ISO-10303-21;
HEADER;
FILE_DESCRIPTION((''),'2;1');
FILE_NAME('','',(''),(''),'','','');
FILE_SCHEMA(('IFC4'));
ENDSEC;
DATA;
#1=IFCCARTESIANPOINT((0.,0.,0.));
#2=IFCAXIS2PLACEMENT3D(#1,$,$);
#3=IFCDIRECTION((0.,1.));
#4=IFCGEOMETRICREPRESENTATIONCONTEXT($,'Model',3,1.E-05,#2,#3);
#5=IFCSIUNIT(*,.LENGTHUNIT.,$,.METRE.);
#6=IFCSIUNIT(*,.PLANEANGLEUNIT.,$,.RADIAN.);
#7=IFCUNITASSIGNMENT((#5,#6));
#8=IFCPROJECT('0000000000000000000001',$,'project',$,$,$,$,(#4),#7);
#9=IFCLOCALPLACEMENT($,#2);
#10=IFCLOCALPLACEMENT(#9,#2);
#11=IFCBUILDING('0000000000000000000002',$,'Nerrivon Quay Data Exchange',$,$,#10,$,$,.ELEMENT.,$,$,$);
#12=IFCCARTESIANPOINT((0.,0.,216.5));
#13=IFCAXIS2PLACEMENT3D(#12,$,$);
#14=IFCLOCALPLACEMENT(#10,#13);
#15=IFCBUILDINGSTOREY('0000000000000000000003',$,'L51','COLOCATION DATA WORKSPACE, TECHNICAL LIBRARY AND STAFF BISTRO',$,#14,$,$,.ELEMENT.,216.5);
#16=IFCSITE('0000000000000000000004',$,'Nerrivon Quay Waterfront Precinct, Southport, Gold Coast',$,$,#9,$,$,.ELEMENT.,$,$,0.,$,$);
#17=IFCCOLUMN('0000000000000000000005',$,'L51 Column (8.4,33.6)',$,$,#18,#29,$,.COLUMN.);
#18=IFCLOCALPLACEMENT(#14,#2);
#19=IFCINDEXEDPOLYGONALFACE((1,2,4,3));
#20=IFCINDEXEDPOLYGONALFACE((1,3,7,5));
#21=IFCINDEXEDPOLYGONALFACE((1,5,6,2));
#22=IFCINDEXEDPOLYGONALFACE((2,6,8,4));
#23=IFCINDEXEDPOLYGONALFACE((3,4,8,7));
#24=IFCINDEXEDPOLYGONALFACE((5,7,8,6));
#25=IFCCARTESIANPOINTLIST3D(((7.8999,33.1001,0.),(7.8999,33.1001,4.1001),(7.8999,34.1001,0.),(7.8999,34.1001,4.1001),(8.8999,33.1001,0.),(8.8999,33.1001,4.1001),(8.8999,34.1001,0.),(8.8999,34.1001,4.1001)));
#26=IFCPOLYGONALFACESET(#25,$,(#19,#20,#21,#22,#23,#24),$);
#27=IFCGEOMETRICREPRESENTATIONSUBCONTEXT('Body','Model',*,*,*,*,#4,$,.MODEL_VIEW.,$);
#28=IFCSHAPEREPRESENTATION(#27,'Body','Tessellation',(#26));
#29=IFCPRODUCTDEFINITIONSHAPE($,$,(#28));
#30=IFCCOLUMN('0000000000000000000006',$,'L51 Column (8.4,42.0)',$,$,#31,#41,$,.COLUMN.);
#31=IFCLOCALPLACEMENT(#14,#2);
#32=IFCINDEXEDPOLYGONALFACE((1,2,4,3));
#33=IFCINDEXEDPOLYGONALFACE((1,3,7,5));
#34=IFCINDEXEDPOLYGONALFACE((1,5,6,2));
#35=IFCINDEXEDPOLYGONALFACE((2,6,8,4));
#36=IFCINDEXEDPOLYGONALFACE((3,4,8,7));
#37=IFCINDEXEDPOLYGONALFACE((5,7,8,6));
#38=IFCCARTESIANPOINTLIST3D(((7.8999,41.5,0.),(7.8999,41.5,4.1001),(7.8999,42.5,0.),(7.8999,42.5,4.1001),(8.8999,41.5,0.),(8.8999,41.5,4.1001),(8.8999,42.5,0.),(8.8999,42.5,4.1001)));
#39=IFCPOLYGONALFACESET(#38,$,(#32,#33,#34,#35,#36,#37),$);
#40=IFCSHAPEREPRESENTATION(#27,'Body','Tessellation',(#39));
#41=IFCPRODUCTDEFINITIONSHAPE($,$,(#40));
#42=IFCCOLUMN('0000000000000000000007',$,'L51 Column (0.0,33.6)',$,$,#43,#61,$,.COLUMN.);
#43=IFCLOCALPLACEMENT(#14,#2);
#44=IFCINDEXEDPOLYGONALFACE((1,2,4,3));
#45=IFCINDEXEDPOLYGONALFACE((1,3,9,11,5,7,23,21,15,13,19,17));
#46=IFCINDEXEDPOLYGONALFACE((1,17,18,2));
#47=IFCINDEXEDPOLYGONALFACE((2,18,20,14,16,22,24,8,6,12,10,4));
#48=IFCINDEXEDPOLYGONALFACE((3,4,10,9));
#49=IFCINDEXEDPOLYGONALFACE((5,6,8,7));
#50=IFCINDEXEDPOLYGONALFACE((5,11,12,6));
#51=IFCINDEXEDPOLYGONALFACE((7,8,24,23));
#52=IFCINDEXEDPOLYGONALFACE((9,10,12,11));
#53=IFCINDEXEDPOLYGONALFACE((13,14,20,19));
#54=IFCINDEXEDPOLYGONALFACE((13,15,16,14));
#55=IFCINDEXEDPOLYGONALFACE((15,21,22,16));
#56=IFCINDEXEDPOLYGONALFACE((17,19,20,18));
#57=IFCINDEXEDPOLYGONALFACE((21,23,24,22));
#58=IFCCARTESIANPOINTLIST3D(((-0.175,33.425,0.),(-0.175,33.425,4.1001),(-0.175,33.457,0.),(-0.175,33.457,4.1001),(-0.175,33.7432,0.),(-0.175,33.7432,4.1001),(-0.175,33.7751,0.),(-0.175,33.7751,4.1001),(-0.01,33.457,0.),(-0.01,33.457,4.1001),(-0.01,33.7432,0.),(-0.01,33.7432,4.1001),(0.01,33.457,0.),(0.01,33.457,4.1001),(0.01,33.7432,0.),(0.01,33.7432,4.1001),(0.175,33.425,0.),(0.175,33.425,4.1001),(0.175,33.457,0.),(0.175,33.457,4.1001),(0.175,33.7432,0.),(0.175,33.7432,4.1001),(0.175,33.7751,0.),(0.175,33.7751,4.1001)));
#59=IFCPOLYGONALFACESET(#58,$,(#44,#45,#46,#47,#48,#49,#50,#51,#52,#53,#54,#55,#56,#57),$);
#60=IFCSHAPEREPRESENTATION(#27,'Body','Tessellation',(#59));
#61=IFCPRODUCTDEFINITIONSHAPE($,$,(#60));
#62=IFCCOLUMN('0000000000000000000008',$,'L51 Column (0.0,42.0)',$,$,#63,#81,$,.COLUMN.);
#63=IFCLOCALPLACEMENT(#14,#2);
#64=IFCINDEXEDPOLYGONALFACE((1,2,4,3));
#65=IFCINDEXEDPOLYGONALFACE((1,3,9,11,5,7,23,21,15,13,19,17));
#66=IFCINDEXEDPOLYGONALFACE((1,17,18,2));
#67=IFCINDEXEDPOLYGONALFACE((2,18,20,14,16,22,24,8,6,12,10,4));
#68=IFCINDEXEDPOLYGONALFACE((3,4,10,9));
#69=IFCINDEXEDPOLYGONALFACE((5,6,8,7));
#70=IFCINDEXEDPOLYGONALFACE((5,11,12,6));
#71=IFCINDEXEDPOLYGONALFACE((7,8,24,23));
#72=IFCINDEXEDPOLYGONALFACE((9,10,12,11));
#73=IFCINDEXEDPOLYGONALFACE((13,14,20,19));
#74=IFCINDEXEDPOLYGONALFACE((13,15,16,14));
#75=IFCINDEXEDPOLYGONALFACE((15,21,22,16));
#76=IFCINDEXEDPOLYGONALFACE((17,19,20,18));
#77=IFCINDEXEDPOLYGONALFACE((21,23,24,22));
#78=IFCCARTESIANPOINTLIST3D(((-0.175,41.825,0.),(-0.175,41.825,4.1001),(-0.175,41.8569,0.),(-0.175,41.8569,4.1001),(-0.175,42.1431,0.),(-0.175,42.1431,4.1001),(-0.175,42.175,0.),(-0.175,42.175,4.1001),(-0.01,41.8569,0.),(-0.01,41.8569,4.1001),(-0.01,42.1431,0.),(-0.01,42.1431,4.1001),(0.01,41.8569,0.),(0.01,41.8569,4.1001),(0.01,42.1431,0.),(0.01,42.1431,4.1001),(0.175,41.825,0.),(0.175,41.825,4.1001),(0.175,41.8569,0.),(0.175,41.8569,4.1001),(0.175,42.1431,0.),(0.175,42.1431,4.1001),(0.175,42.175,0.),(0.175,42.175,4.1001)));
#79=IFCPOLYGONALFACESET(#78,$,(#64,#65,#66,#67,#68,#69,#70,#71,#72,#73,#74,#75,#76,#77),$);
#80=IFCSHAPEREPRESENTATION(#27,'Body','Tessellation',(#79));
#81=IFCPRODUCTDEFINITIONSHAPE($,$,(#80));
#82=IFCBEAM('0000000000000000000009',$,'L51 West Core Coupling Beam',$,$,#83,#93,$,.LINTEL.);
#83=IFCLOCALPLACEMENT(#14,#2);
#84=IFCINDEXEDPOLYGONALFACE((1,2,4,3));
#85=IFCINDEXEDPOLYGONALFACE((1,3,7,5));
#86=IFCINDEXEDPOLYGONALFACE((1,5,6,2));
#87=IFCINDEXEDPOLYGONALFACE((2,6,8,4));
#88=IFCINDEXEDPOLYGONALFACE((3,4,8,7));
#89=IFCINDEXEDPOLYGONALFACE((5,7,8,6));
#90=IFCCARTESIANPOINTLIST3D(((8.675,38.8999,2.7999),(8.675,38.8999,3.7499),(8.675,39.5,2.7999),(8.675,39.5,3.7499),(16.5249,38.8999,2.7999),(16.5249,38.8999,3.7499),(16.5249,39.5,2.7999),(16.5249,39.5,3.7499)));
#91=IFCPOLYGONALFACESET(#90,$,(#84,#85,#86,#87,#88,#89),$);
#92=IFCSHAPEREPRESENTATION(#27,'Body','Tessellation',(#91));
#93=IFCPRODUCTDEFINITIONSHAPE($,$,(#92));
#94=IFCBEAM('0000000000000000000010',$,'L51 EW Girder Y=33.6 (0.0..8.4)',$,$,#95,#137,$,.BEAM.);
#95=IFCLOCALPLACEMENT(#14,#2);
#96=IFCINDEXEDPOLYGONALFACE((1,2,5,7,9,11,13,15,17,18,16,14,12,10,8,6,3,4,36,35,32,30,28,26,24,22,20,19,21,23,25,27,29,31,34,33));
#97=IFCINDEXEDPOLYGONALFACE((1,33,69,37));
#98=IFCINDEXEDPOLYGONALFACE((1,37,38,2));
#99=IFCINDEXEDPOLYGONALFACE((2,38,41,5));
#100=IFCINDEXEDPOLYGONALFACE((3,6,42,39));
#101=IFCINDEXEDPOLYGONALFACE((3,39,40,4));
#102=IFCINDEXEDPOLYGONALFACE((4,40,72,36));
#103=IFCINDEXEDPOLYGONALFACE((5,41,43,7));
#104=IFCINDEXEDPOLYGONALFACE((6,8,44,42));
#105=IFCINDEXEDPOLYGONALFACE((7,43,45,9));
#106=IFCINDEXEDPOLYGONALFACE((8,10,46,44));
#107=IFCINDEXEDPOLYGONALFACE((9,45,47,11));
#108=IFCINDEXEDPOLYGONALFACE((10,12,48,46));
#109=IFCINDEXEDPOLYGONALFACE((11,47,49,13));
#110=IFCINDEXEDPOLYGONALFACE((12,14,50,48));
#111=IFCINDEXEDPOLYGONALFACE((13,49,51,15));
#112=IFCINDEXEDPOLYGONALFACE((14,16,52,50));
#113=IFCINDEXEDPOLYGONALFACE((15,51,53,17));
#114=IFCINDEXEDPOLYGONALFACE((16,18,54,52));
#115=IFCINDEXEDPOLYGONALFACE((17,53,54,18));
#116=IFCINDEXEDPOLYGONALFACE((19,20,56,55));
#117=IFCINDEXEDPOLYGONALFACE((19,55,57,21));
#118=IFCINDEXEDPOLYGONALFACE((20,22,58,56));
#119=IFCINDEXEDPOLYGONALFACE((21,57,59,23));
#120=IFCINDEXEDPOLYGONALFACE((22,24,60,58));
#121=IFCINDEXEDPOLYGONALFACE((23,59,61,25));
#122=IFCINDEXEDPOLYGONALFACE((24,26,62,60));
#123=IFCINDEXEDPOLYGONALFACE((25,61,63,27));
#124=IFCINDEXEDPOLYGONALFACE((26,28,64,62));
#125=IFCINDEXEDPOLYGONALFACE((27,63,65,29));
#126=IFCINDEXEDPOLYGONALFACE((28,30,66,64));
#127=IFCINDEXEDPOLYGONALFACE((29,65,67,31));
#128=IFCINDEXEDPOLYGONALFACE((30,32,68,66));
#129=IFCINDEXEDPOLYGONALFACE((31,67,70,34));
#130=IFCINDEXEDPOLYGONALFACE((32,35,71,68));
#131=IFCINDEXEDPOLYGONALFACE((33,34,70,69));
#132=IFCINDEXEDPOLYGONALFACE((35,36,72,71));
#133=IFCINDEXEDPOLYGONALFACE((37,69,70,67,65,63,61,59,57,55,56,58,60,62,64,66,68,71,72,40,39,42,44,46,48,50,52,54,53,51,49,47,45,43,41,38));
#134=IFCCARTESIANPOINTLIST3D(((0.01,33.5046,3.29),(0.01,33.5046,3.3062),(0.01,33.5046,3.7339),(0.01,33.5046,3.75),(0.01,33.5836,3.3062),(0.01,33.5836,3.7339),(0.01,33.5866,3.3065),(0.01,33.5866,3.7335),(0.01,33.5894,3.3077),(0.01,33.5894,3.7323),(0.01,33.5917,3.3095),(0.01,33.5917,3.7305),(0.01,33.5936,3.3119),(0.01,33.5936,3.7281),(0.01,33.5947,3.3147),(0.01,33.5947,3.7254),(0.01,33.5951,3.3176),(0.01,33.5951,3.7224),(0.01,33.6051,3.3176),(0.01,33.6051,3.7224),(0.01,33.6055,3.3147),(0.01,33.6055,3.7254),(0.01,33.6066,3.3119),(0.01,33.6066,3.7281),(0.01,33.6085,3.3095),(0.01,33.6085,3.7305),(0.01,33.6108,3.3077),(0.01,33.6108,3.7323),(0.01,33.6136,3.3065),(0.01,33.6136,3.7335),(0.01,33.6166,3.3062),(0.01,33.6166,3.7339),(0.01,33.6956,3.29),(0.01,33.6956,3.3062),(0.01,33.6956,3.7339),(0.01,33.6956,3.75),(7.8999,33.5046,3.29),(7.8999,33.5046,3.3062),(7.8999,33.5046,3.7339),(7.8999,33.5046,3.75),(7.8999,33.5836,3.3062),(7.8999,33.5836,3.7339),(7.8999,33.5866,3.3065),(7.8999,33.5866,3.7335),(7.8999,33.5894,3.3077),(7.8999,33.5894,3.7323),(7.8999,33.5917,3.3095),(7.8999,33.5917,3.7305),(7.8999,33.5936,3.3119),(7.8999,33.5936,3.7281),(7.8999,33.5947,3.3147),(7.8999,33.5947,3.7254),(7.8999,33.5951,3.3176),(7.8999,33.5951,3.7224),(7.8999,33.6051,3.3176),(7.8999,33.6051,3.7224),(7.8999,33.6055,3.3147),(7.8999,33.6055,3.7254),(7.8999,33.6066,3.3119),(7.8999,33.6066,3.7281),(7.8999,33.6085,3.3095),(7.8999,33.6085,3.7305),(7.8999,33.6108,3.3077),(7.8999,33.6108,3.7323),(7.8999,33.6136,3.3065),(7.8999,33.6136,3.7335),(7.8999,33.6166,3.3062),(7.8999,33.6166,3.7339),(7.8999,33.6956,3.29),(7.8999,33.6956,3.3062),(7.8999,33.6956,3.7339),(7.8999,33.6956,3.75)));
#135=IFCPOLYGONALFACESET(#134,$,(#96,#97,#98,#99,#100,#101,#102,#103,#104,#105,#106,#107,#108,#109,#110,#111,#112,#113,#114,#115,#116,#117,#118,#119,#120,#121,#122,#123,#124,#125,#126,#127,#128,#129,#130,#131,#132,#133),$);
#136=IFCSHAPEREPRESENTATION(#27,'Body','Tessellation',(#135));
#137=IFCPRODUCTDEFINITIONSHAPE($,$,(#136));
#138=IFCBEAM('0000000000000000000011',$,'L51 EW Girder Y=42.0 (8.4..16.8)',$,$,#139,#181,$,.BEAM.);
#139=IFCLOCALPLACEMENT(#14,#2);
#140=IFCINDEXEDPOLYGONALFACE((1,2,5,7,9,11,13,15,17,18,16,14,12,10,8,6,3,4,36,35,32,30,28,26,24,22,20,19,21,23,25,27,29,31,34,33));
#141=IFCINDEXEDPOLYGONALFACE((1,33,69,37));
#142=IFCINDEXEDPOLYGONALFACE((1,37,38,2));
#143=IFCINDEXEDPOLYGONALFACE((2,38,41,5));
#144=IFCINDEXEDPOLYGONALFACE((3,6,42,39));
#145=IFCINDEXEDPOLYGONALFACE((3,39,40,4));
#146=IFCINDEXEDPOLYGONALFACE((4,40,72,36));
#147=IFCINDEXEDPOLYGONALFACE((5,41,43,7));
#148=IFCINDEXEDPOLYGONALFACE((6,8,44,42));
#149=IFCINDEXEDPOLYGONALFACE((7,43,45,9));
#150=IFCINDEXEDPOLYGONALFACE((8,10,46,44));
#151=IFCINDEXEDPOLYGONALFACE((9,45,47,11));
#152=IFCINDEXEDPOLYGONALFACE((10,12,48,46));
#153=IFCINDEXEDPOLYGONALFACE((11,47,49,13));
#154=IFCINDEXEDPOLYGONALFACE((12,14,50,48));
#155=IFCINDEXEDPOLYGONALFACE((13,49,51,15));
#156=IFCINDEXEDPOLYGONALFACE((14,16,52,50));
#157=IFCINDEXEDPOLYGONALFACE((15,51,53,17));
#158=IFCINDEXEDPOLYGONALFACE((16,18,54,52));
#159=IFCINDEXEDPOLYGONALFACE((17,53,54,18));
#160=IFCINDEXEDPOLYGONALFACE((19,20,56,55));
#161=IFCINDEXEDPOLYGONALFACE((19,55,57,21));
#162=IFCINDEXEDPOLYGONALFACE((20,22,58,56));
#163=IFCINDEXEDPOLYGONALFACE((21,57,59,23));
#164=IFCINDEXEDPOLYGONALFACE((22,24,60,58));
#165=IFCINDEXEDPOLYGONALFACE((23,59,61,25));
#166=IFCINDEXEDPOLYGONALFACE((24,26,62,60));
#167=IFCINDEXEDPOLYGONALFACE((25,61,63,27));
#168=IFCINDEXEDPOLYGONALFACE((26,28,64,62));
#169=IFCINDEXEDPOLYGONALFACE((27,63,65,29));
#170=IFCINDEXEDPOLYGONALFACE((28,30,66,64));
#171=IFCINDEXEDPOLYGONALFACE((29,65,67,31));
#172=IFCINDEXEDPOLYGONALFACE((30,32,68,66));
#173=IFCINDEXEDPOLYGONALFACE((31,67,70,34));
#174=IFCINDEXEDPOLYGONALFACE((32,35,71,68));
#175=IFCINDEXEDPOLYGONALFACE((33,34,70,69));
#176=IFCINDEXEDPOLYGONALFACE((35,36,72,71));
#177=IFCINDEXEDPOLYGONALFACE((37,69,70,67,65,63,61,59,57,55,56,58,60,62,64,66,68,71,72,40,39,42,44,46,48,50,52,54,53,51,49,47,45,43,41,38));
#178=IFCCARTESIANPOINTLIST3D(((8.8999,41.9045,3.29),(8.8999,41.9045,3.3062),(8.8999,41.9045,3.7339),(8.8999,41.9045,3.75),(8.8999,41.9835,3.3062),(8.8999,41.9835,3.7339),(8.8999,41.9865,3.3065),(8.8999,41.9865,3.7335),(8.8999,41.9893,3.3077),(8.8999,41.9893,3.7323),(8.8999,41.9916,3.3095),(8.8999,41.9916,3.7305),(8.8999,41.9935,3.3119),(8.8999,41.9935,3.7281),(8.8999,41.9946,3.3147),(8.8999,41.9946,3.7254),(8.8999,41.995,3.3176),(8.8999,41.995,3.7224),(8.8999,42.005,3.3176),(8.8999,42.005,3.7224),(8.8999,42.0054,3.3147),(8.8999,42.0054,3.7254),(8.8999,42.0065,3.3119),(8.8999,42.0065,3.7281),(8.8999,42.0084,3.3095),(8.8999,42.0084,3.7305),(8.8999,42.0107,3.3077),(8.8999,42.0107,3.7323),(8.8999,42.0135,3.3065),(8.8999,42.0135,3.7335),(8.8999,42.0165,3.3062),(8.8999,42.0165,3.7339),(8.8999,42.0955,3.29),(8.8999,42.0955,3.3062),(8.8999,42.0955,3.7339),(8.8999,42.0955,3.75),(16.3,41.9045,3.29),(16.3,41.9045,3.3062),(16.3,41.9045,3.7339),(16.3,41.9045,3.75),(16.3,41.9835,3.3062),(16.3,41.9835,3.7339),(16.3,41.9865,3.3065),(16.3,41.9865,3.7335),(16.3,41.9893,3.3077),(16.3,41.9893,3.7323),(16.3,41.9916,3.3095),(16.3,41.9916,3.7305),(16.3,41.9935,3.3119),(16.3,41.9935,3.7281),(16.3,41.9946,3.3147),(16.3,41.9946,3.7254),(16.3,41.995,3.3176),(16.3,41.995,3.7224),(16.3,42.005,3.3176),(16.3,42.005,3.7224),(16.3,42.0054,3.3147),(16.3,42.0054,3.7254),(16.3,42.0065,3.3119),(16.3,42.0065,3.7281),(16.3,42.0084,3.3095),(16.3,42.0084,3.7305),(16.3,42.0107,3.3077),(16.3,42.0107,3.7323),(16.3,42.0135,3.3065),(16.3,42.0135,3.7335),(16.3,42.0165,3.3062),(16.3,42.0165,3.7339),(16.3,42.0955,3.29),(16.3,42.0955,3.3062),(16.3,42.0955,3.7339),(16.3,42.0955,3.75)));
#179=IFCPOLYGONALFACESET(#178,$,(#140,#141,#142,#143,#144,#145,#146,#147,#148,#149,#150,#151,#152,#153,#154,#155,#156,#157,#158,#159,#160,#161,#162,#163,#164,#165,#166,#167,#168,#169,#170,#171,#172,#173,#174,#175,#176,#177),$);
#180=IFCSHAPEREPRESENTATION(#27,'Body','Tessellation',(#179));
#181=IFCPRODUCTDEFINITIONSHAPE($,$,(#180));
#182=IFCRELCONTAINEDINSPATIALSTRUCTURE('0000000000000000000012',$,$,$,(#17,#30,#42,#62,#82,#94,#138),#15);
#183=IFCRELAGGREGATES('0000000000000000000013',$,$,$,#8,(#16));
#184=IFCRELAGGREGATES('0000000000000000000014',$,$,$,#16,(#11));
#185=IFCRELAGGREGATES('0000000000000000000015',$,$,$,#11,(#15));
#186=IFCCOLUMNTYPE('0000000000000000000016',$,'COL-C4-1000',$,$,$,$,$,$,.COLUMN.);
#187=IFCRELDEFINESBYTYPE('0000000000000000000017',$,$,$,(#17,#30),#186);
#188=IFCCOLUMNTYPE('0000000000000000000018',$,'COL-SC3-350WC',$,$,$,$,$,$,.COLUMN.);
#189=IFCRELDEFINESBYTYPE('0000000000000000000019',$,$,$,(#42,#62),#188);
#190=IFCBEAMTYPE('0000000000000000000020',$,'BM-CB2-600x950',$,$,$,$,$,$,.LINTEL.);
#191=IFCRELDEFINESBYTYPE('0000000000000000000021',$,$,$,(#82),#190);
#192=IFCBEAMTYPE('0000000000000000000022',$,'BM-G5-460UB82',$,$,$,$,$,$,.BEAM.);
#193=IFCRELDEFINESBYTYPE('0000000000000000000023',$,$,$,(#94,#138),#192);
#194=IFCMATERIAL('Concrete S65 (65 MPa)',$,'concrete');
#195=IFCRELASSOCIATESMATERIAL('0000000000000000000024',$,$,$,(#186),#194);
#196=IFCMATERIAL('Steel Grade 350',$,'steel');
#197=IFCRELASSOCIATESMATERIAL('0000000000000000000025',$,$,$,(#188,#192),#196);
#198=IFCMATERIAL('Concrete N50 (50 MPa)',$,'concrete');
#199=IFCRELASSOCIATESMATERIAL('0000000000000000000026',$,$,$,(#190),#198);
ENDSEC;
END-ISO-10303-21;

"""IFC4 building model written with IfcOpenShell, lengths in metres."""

from ifc_helpers import new_model, si_unit, direction, frame, origin, origin_2d, place, context, subcontext, project, spatial, rectangle, i_section, extrude, material, material_profile, profile_set, type_object, element, save


model = new_model("IFC4")

# Units and contexts
model_context = context("Model", 3, precision=1e-05, world=origin(), true_north=direction((0.0, 1.0)))
body_context = subcontext(model_context, "Body", "Model", "MODEL_VIEW")
ifc_project = project(units=[si_unit("LENGTHUNIT", "METRE"), si_unit("PLANEANGLEUNIT", "RADIAN")], contexts=[model_context])

# Site, building, storey
site_placement = place(None, origin())
site = spatial("IfcSite", under=ifc_project, at=site_placement, Name="Nerrivon Quay Waterfront Precinct, Southport, Gold Coast", CompositionType="ELEMENT", RefElevation=0.0)
building_placement = place(site_placement, origin())
building = spatial("IfcBuilding", under=site, at=building_placement, Name="Nerrivon Quay Data Exchange", CompositionType="ELEMENT")
storey_placement = place(building_placement, frame((0.0, 0.0, 216.5)))
storey = spatial("IfcBuildingStorey", under=building, at=storey_placement, Name="L51", Description="COLOCATION DATA WORKSPACE, TECHNICAL LIBRARY AND STAFF BISTRO", CompositionType="ELEMENT", Elevation=216.5)

# Columns
ifc_material_1 = material(Name="Concrete S65 (65 MPa)", Category="concrete")
ifc_material_profile_1 = material_profile(ifc_material_1, rectangle(XDim=1.0, YDim=1.0, at=origin_2d()), Name="RC-COL-1000x1000")
ifc_profile_set_1 = profile_set([ifc_material_profile_1], Name="Concrete S65 (65 MPa)")
column_type_1 = type_object("IfcColumnType", Name="COL-C4-1000", PredefinedType="COLUMN", material=ifc_profile_set_1)
for number, where, z_axis, x_axis, name in (
    (1, (8.3999, 33.6001, 0.0), (0.0, 0.0, 1.0), (1.0, 0.0, 0.0), "L51 Column (8.4,33.6)"),
    (2, (8.3999, 42.0, 0.0), (0.0, 0.0, 1.0), (1.0, 0.0, 0.0), "L51 Column (8.4,42.0)"),
):
    element("IfcColumn", number, at=place(storey_placement, frame(where, z_axis=z_axis, x_axis=x_axis)), inside=storey, type_object=column_type_1, Name=name, PredefinedType="COLUMN", context=body_context, shape_type="SweptSolid", body=[
        extrude(rectangle(XDim=1.0, YDim=1.0, at=origin_2d()), origin(), (0.0, 0.0, 1.0), 4.1001),
    ])
ifc_material_2 = material(Name="Steel Grade 350", Category="steel")
ifc_material_profile_2 = material_profile(ifc_material_2, i_section(OverallWidth=0.3501, OverallDepth=0.3501, WebThickness=0.02, FlangeThickness=0.032, at=origin_2d()), Name="350WC230")
ifc_profile_set_2 = profile_set([ifc_material_profile_2], Name="Steel Grade 350")
column_type_2 = type_object("IfcColumnType", Name="COL-SC3-350WC", PredefinedType="COLUMN", material=ifc_profile_set_2)
for number, where, z_axis, x_axis, name in (
    (3, (0.0, 33.6001, 0.0), (0.0, 0.0, 1.0), (1.0, 0.0, 0.0), "L51 Column (0.0,33.6)"),
    (4, (0.0, 42.0, 0.0), (0.0, 0.0, 1.0), (1.0, 0.0, 0.0), "L51 Column (0.0,42.0)"),
):
    element("IfcColumn", number, at=place(storey_placement, frame(where, z_axis=z_axis, x_axis=x_axis)), inside=storey, type_object=column_type_2, Name=name, PredefinedType="COLUMN", context=body_context, shape_type="SweptSolid", body=[
        extrude(i_section(OverallWidth=0.3501, OverallDepth=0.3501, WebThickness=0.02, FlangeThickness=0.032, at=origin_2d()), origin(), (0.0, 0.0, 1.0), 4.1001),
    ])

# Beams
ifc_material_3 = material(Name="Concrete N50 (50 MPa)", Category="concrete")
ifc_material_profile_3 = material_profile(ifc_material_3, rectangle(XDim=0.6001, YDim=0.95, at=origin_2d()), Name="RC-CB-600x950")
ifc_profile_set_3 = profile_set([ifc_material_profile_3], Name="Concrete N50 (50 MPa)")
beam_type_1 = type_object("IfcBeamType", Name="BM-CB2-600x950", PredefinedType="LINTEL", material=ifc_profile_set_3)
beam_1_placement = place(storey_placement, frame((8.675, 39.2, 3.2749), z_axis=(1.0, 0.0, 0.0), x_axis=(0.0, 1.0, 0.0)))
element("IfcBeam", 5, at=beam_1_placement, inside=storey, type_object=beam_type_1, Name="L51 West Core Coupling Beam", PredefinedType="LINTEL", context=body_context, shape_type="SweptSolid", body=[
    extrude(rectangle(XDim=0.6001, YDim=0.95, at=origin_2d()), origin(), (0.0, 0.0, 1.0), 7.8499),
])
ifc_material_profile_4 = material_profile(ifc_material_2, i_section(OverallWidth=0.1909, OverallDepth=0.46, WebThickness=0.01, FlangeThickness=0.0161, FilletRadius=0.0115, at=origin_2d()), Name="460UB82.1")
ifc_profile_set_4 = profile_set([ifc_material_profile_4], Name="Steel Grade 350")
beam_type_2 = type_object("IfcBeamType", Name="BM-G5-460UB82", PredefinedType="BEAM", material=ifc_profile_set_4)
beam_2_placement = place(storey_placement, frame((0.01, 33.6001, 3.52), z_axis=(1.0, 0.0, 0.0), x_axis=(0.0, 1.0, 0.0)))
element("IfcBeam", 6, at=beam_2_placement, inside=storey, type_object=beam_type_2, Name="L51 EW Girder Y=33.6 (0.0..8.4)", PredefinedType="BEAM", context=body_context, shape_type="SweptSolid", body=[
    extrude(i_section(OverallWidth=0.1909, OverallDepth=0.46, WebThickness=0.01, FlangeThickness=0.0161, FilletRadius=0.0115, at=origin_2d()), origin(), (0.0, 0.0, 1.0), 7.8899),
])
beam_3_placement = place(storey_placement, frame((8.8999, 42.0, 3.52), z_axis=(1.0, 0.0, 0.0), x_axis=(0.0, 1.0, 0.0)))
element("IfcBeam", 7, at=beam_3_placement, inside=storey, type_object=beam_type_2, Name="L51 EW Girder Y=42.0 (8.4..16.8)", PredefinedType="BEAM", context=body_context, shape_type="SweptSolid", body=[
    extrude(i_section(OverallWidth=0.1909, OverallDepth=0.46, WebThickness=0.01, FlangeThickness=0.0161, FilletRadius=0.0115, at=origin_2d()), origin(), (0.0, 0.0, 1.0), 7.4001),
])

save(model, "model.ifc")
